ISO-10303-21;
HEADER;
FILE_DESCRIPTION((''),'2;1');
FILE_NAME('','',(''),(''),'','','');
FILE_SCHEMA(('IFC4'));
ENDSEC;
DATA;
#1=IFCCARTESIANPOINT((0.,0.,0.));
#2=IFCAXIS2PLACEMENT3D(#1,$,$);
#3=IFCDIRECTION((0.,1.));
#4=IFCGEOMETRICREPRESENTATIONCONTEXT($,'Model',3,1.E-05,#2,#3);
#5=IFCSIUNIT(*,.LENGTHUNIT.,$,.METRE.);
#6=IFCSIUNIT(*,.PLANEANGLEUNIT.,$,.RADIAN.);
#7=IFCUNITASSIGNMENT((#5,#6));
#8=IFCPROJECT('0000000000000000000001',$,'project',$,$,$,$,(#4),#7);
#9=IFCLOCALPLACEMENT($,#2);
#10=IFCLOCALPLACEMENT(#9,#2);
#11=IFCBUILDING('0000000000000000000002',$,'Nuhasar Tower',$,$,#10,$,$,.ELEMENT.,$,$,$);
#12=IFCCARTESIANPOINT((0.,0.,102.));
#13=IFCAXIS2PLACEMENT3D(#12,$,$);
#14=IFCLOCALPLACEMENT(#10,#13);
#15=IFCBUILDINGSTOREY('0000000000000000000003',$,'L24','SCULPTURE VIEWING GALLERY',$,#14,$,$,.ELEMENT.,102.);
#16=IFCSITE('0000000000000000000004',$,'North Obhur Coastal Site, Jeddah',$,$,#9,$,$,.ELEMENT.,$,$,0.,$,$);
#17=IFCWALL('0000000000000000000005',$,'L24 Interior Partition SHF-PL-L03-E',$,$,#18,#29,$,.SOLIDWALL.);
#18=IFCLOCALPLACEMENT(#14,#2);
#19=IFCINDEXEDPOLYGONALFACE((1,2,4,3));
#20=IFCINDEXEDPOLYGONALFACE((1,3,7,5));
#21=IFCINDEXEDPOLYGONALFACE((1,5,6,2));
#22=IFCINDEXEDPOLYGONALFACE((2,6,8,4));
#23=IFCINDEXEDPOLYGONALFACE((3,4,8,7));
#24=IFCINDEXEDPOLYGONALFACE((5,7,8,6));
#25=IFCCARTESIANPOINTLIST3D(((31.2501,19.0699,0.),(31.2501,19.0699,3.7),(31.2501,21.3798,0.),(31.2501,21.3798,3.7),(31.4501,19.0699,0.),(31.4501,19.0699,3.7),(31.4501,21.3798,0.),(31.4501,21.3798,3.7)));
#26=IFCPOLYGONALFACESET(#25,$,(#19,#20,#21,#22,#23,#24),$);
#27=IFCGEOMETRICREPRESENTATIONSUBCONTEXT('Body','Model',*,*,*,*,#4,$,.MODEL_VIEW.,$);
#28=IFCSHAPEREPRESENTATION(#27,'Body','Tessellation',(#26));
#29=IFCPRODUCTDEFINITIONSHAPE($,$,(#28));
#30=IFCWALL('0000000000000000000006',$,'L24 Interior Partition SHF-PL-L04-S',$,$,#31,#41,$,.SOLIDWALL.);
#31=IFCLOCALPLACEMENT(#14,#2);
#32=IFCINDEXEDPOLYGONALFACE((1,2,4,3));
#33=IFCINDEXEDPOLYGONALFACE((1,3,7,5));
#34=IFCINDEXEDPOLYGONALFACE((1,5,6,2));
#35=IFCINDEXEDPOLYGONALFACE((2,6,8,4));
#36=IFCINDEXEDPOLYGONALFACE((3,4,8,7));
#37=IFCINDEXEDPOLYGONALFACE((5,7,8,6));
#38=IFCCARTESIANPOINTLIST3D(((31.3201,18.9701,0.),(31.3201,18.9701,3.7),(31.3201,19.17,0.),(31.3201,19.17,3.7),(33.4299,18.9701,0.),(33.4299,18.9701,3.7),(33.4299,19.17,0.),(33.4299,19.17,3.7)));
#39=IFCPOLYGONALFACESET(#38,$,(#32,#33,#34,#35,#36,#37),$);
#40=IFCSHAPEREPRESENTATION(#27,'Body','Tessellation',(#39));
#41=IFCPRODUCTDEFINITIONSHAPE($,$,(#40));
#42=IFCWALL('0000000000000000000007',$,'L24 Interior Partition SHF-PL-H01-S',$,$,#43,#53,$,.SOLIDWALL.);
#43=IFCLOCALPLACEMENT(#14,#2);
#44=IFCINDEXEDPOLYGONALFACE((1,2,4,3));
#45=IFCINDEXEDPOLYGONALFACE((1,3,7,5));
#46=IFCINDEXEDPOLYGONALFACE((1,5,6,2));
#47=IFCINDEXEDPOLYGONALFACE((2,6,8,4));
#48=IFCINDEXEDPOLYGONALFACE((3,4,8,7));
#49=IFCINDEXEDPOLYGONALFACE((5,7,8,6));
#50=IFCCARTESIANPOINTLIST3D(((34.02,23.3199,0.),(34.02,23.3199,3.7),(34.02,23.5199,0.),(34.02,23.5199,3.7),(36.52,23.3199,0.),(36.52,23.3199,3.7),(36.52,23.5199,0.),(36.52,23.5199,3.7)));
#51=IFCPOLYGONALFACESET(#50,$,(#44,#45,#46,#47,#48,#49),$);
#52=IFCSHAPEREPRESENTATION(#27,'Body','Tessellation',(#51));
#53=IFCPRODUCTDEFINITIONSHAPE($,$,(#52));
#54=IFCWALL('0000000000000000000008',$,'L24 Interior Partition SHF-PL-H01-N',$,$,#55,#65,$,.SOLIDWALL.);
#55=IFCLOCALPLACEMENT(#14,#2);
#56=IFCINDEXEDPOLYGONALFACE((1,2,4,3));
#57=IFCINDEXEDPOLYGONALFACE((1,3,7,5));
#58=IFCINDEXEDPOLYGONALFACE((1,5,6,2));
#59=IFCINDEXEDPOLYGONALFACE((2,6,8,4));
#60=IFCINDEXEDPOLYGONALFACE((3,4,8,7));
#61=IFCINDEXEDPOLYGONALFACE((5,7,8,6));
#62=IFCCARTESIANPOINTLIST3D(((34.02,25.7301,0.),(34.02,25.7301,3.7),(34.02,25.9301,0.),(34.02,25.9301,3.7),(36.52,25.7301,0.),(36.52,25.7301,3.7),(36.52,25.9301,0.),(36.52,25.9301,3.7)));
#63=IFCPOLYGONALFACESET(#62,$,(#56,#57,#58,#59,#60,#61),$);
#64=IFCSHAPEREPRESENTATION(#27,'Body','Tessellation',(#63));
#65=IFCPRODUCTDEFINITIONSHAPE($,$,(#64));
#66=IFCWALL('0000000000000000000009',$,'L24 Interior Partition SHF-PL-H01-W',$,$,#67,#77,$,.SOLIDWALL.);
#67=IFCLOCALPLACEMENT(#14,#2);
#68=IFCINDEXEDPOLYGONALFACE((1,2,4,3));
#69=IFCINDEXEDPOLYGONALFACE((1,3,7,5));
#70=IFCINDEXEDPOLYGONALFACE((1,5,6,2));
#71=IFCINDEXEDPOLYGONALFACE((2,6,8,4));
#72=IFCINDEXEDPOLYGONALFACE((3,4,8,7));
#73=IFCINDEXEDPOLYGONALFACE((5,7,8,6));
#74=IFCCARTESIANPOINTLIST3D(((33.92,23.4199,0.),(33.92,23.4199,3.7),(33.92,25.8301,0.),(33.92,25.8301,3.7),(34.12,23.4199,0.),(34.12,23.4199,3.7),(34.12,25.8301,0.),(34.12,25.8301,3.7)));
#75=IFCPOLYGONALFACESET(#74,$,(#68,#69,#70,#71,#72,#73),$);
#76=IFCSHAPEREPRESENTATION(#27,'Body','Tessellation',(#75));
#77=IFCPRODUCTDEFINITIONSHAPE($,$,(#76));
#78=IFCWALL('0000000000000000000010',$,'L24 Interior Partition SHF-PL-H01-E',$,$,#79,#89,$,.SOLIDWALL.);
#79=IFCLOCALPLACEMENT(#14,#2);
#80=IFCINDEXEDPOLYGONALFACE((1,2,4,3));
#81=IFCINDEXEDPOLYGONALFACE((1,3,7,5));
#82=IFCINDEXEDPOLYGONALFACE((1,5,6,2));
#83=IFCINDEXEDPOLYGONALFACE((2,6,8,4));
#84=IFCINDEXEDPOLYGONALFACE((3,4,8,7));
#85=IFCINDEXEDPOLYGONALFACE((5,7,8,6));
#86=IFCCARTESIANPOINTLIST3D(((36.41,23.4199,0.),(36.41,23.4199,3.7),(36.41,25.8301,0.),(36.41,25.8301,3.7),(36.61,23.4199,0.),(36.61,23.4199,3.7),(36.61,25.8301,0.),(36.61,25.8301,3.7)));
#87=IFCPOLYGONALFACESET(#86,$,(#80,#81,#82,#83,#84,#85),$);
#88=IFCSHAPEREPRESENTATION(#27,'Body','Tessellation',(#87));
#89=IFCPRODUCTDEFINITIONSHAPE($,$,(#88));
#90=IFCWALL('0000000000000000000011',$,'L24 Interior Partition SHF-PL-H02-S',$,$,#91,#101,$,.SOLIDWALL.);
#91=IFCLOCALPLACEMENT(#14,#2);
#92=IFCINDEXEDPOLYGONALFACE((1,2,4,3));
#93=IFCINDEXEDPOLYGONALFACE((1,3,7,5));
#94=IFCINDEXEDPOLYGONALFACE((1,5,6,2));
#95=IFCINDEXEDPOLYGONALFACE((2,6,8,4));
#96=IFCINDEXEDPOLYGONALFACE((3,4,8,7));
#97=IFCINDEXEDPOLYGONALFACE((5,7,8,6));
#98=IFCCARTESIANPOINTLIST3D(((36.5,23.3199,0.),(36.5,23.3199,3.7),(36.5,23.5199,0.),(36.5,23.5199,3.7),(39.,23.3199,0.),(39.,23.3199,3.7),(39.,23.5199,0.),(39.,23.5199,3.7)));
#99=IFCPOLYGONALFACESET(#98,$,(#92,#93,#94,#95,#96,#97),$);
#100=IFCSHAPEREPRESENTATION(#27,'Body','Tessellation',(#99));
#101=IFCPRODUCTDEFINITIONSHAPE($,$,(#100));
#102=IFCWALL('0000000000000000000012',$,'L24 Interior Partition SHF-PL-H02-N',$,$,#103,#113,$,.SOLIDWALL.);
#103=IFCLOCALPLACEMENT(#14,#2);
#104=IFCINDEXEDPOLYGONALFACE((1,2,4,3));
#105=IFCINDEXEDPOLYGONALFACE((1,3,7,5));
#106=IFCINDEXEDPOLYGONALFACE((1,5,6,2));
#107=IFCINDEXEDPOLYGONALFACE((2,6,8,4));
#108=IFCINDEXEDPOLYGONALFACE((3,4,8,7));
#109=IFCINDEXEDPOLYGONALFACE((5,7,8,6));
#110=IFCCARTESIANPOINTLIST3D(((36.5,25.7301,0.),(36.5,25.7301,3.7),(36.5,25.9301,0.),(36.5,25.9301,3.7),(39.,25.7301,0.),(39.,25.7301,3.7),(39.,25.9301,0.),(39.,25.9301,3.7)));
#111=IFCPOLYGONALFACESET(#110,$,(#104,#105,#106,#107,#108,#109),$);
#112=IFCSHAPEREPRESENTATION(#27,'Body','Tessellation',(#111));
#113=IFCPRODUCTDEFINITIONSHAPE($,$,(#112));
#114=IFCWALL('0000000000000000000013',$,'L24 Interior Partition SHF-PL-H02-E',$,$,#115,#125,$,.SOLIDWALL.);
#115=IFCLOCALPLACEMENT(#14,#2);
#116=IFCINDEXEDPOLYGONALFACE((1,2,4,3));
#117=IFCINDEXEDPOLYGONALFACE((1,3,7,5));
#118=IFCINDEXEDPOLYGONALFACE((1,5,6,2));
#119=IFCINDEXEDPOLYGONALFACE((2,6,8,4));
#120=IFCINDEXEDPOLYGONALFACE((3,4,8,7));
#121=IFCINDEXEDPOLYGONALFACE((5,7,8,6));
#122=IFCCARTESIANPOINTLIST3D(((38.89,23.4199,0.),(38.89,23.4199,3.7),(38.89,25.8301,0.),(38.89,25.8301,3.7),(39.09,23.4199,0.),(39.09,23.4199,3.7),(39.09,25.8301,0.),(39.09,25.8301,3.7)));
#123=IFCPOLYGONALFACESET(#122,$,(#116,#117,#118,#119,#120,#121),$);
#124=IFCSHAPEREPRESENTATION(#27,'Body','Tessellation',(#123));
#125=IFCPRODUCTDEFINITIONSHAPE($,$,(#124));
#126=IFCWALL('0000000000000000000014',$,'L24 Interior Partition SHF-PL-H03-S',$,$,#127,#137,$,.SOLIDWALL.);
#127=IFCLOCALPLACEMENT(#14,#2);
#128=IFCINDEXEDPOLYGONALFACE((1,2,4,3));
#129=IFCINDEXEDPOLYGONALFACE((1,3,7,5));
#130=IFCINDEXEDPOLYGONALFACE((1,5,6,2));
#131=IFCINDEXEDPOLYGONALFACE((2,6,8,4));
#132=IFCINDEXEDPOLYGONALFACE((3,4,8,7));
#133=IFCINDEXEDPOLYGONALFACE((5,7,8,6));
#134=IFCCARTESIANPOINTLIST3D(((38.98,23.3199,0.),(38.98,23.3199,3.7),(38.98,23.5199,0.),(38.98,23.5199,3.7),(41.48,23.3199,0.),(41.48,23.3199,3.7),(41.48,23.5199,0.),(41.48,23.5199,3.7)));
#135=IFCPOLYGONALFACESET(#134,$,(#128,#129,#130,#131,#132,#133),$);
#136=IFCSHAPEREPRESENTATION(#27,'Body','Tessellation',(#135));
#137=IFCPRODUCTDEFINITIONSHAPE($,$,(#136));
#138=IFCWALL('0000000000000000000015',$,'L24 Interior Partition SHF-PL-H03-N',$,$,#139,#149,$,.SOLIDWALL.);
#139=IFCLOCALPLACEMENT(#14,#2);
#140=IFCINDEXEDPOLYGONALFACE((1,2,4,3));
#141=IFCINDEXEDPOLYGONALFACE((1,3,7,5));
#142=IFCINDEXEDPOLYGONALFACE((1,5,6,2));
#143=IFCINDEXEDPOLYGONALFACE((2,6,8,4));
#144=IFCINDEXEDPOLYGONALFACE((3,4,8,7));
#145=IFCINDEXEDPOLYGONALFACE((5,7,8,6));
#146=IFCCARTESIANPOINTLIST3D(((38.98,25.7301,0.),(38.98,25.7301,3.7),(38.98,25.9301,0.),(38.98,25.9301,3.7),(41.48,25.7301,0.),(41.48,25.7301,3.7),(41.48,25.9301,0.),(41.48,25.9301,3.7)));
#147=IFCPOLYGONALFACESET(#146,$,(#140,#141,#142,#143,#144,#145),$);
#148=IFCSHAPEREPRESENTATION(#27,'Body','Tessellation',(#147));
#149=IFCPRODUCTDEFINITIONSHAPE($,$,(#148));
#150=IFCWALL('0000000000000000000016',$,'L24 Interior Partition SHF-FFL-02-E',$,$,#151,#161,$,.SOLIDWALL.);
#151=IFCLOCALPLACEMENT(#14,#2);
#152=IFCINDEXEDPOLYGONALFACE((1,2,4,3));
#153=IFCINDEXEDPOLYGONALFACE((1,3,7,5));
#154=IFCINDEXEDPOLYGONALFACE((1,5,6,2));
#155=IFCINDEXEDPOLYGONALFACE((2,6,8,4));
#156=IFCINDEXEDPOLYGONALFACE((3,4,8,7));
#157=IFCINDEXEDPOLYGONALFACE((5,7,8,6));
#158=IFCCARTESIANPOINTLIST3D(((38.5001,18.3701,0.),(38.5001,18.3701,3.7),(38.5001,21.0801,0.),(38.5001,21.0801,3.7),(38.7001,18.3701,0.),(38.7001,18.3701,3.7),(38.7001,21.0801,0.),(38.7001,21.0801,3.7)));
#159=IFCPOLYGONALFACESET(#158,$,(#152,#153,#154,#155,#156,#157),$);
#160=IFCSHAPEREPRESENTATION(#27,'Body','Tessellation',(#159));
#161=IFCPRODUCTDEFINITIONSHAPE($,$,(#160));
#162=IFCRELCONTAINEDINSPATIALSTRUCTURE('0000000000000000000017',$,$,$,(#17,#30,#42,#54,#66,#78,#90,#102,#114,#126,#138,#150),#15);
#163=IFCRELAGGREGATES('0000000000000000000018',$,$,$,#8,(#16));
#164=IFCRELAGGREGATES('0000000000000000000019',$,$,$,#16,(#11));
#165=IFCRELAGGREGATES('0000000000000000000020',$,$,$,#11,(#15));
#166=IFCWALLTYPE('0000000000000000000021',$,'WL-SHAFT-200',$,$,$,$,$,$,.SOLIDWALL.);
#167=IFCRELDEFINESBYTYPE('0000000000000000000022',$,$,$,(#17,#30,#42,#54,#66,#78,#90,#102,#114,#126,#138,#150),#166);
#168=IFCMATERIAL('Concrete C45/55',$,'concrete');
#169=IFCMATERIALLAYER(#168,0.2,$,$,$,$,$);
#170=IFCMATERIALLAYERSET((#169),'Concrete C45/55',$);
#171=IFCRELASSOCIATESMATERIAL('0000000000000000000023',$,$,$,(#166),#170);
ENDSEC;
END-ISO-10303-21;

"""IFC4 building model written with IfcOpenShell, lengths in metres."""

from ifc_helpers import new_model, si_unit, direction, frame, frame_2d, origin, place, context, subcontext, project, spatial, rectangle, extrude, material, layer, layer_set, type_object, element, save


model = new_model("IFC4")

# Units and contexts
model_context = context("Model", 3, precision=1e-05, world=origin(), true_north=direction((0.0, 1.0)))
body_context = subcontext(model_context, "Body", "Model", "MODEL_VIEW")
ifc_project = project(units=[si_unit("LENGTHUNIT", "METRE"), si_unit("PLANEANGLEUNIT", "RADIAN")], contexts=[model_context])

# Site, building, storey
site_placement = place(None, origin())
site = spatial("IfcSite", under=ifc_project, at=site_placement, Name="North Obhur Coastal Site, Jeddah", CompositionType="ELEMENT", RefElevation=0.0)
building_placement = place(site_placement, origin())
building = spatial("IfcBuilding", under=site, at=building_placement, Name="Nuhasar Tower", CompositionType="ELEMENT")
storey_placement = place(building_placement, frame((0.0, 0.0, 102.0)))
storey = spatial("IfcBuildingStorey", under=building, at=storey_placement, Name="L24", Description="SCULPTURE VIEWING GALLERY", CompositionType="ELEMENT", Elevation=102.0)

# Shared definitions
ifc_material_1 = material(Name="Concrete C45/55", Category="concrete")
ifc_layer_1 = layer(ifc_material_1, 0.2)
ifc_layer_set_1 = layer_set([ifc_layer_1], Name="Concrete C45/55")
wall_type_1 = type_object("IfcWallType", Name="WL-SHAFT-200", PredefinedType="SOLIDWALL", material=ifc_layer_set_1)

# Walls
for number, where, z_axis, x_axis, name in (
    (1, (31.3501, 19.0701, 0.0), (0.0, 0.0, 1.0), (0.0, 1.0, 0.0), "L24 Interior Partition SHF-PL-L03-E"),
):
    element("IfcWall", number, at=place(storey_placement, frame(where, z_axis=z_axis, x_axis=x_axis)), inside=storey, type_object=wall_type_1, Name=name, PredefinedType="SOLIDWALL", context=body_context, shape_type="SweptSolid", body=[
        extrude(rectangle(XDim=2.3098, YDim=0.2, at=frame_2d((1.1548, 0.0))), origin(), (0.0, 0.0, 1.0), 3.7),
    ])
wall_1_placement = place(storey_placement, frame((31.3201, 19.0701, 0.0), z_axis=(0.0, 0.0, 1.0), x_axis=(1.0, 0.0, 0.0)))
element("IfcWall", 2, at=wall_1_placement, inside=storey, type_object=wall_type_1, Name="L24 Interior Partition SHF-PL-L04-S", PredefinedType="SOLIDWALL", context=body_context, shape_type="SweptSolid", body=[
    extrude(rectangle(XDim=2.1099, YDim=0.2, at=frame_2d((1.0549, 0.0))), origin(), (0.0, 0.0, 1.0), 3.7),
])

# Walls
for number, where, z_axis, x_axis, name in (
    (3, (34.02, 23.4199, 0.0), (0.0, 0.0, 1.0), (1.0, 0.0, 0.0), "L24 Interior Partition SHF-PL-H01-S"),
    (4, (34.02, 25.8301, 0.0), (0.0, 0.0, 1.0), (1.0, 0.0, 0.0), "L24 Interior Partition SHF-PL-H01-N"),
):
    element("IfcWall", number, at=place(storey_placement, frame(where, z_axis=z_axis, x_axis=x_axis)), inside=storey, type_object=wall_type_1, Name=name, PredefinedType="SOLIDWALL", context=body_context, shape_type="SweptSolid", body=[
        extrude(rectangle(XDim=2.5, YDim=0.2, at=frame_2d((1.25, 0.0))), origin(), (0.0, 0.0, 1.0), 3.7),
    ])
for number, where, z_axis, x_axis, name in (
    (5, (34.02, 23.4199, 0.0), (0.0, 0.0, 1.0), (0.0, 1.0, 0.0), "L24 Interior Partition SHF-PL-H01-W"),
    (6, (36.51, 23.4199, 0.0), (0.0, 0.0, 1.0), (0.0, 1.0, 0.0), "L24 Interior Partition SHF-PL-H01-E"),
):
    element("IfcWall", number, at=place(storey_placement, frame(where, z_axis=z_axis, x_axis=x_axis)), inside=storey, type_object=wall_type_1, Name=name, PredefinedType="SOLIDWALL", context=body_context, shape_type="SweptSolid", body=[
        extrude(rectangle(XDim=2.4102, YDim=0.2, at=frame_2d((1.2051, 0.0))), origin(), (0.0, 0.0, 1.0), 3.7),
    ])
for number, where, z_axis, x_axis, name in (
    (7, (36.5, 23.4199, 0.0), (0.0, 0.0, 1.0), (1.0, 0.0, 0.0), "L24 Interior Partition SHF-PL-H02-S"),
    (8, (36.5, 25.8301, 0.0), (0.0, 0.0, 1.0), (1.0, 0.0, 0.0), "L24 Interior Partition SHF-PL-H02-N"),
):
    element("IfcWall", number, at=place(storey_placement, frame(where, z_axis=z_axis, x_axis=x_axis)), inside=storey, type_object=wall_type_1, Name=name, PredefinedType="SOLIDWALL", context=body_context, shape_type="SweptSolid", body=[
        extrude(rectangle(XDim=2.5, YDim=0.2, at=frame_2d((1.25, 0.0))), origin(), (0.0, 0.0, 1.0), 3.7),
    ])
wall_2_placement = place(storey_placement, frame((38.99, 23.4199, 0.0), z_axis=(0.0, 0.0, 1.0), x_axis=(0.0, 1.0, 0.0)))
element("IfcWall", 9, at=wall_2_placement, inside=storey, type_object=wall_type_1, Name="L24 Interior Partition SHF-PL-H02-E", PredefinedType="SOLIDWALL", context=body_context, shape_type="SweptSolid", body=[
    extrude(rectangle(XDim=2.4102, YDim=0.2, at=frame_2d((1.2051, 0.0))), origin(), (0.0, 0.0, 1.0), 3.7),
])
for number, where, z_axis, x_axis, name in (
    (10, (38.98, 23.4199, 0.0), (0.0, 0.0, 1.0), (1.0, 0.0, 0.0), "L24 Interior Partition SHF-PL-H03-S"),
    (11, (38.98, 25.8301, 0.0), (0.0, 0.0, 1.0), (1.0, 0.0, 0.0), "L24 Interior Partition SHF-PL-H03-N"),
):
    element("IfcWall", number, at=place(storey_placement, frame(where, z_axis=z_axis, x_axis=x_axis)), inside=storey, type_object=wall_type_1, Name=name, PredefinedType="SOLIDWALL", context=body_context, shape_type="SweptSolid", body=[
        extrude(rectangle(XDim=2.5, YDim=0.2, at=frame_2d((1.25, 0.0))), origin(), (0.0, 0.0, 1.0), 3.7),
    ])
wall_3_placement = place(storey_placement, frame((38.6001, 18.3701, 0.0), z_axis=(0.0, 0.0, 1.0), x_axis=(0.0, 1.0, 0.0)))
element("IfcWall", 12, at=wall_3_placement, inside=storey, type_object=wall_type_1, Name="L24 Interior Partition SHF-FFL-02-E", PredefinedType="SOLIDWALL", context=body_context, shape_type="SweptSolid", body=[
    extrude(rectangle(XDim=2.71, YDim=0.2, at=frame_2d((1.355, 0.0))), origin(), (0.0, 0.0, 1.0), 3.7),
])

save(model, "model.ifc")
